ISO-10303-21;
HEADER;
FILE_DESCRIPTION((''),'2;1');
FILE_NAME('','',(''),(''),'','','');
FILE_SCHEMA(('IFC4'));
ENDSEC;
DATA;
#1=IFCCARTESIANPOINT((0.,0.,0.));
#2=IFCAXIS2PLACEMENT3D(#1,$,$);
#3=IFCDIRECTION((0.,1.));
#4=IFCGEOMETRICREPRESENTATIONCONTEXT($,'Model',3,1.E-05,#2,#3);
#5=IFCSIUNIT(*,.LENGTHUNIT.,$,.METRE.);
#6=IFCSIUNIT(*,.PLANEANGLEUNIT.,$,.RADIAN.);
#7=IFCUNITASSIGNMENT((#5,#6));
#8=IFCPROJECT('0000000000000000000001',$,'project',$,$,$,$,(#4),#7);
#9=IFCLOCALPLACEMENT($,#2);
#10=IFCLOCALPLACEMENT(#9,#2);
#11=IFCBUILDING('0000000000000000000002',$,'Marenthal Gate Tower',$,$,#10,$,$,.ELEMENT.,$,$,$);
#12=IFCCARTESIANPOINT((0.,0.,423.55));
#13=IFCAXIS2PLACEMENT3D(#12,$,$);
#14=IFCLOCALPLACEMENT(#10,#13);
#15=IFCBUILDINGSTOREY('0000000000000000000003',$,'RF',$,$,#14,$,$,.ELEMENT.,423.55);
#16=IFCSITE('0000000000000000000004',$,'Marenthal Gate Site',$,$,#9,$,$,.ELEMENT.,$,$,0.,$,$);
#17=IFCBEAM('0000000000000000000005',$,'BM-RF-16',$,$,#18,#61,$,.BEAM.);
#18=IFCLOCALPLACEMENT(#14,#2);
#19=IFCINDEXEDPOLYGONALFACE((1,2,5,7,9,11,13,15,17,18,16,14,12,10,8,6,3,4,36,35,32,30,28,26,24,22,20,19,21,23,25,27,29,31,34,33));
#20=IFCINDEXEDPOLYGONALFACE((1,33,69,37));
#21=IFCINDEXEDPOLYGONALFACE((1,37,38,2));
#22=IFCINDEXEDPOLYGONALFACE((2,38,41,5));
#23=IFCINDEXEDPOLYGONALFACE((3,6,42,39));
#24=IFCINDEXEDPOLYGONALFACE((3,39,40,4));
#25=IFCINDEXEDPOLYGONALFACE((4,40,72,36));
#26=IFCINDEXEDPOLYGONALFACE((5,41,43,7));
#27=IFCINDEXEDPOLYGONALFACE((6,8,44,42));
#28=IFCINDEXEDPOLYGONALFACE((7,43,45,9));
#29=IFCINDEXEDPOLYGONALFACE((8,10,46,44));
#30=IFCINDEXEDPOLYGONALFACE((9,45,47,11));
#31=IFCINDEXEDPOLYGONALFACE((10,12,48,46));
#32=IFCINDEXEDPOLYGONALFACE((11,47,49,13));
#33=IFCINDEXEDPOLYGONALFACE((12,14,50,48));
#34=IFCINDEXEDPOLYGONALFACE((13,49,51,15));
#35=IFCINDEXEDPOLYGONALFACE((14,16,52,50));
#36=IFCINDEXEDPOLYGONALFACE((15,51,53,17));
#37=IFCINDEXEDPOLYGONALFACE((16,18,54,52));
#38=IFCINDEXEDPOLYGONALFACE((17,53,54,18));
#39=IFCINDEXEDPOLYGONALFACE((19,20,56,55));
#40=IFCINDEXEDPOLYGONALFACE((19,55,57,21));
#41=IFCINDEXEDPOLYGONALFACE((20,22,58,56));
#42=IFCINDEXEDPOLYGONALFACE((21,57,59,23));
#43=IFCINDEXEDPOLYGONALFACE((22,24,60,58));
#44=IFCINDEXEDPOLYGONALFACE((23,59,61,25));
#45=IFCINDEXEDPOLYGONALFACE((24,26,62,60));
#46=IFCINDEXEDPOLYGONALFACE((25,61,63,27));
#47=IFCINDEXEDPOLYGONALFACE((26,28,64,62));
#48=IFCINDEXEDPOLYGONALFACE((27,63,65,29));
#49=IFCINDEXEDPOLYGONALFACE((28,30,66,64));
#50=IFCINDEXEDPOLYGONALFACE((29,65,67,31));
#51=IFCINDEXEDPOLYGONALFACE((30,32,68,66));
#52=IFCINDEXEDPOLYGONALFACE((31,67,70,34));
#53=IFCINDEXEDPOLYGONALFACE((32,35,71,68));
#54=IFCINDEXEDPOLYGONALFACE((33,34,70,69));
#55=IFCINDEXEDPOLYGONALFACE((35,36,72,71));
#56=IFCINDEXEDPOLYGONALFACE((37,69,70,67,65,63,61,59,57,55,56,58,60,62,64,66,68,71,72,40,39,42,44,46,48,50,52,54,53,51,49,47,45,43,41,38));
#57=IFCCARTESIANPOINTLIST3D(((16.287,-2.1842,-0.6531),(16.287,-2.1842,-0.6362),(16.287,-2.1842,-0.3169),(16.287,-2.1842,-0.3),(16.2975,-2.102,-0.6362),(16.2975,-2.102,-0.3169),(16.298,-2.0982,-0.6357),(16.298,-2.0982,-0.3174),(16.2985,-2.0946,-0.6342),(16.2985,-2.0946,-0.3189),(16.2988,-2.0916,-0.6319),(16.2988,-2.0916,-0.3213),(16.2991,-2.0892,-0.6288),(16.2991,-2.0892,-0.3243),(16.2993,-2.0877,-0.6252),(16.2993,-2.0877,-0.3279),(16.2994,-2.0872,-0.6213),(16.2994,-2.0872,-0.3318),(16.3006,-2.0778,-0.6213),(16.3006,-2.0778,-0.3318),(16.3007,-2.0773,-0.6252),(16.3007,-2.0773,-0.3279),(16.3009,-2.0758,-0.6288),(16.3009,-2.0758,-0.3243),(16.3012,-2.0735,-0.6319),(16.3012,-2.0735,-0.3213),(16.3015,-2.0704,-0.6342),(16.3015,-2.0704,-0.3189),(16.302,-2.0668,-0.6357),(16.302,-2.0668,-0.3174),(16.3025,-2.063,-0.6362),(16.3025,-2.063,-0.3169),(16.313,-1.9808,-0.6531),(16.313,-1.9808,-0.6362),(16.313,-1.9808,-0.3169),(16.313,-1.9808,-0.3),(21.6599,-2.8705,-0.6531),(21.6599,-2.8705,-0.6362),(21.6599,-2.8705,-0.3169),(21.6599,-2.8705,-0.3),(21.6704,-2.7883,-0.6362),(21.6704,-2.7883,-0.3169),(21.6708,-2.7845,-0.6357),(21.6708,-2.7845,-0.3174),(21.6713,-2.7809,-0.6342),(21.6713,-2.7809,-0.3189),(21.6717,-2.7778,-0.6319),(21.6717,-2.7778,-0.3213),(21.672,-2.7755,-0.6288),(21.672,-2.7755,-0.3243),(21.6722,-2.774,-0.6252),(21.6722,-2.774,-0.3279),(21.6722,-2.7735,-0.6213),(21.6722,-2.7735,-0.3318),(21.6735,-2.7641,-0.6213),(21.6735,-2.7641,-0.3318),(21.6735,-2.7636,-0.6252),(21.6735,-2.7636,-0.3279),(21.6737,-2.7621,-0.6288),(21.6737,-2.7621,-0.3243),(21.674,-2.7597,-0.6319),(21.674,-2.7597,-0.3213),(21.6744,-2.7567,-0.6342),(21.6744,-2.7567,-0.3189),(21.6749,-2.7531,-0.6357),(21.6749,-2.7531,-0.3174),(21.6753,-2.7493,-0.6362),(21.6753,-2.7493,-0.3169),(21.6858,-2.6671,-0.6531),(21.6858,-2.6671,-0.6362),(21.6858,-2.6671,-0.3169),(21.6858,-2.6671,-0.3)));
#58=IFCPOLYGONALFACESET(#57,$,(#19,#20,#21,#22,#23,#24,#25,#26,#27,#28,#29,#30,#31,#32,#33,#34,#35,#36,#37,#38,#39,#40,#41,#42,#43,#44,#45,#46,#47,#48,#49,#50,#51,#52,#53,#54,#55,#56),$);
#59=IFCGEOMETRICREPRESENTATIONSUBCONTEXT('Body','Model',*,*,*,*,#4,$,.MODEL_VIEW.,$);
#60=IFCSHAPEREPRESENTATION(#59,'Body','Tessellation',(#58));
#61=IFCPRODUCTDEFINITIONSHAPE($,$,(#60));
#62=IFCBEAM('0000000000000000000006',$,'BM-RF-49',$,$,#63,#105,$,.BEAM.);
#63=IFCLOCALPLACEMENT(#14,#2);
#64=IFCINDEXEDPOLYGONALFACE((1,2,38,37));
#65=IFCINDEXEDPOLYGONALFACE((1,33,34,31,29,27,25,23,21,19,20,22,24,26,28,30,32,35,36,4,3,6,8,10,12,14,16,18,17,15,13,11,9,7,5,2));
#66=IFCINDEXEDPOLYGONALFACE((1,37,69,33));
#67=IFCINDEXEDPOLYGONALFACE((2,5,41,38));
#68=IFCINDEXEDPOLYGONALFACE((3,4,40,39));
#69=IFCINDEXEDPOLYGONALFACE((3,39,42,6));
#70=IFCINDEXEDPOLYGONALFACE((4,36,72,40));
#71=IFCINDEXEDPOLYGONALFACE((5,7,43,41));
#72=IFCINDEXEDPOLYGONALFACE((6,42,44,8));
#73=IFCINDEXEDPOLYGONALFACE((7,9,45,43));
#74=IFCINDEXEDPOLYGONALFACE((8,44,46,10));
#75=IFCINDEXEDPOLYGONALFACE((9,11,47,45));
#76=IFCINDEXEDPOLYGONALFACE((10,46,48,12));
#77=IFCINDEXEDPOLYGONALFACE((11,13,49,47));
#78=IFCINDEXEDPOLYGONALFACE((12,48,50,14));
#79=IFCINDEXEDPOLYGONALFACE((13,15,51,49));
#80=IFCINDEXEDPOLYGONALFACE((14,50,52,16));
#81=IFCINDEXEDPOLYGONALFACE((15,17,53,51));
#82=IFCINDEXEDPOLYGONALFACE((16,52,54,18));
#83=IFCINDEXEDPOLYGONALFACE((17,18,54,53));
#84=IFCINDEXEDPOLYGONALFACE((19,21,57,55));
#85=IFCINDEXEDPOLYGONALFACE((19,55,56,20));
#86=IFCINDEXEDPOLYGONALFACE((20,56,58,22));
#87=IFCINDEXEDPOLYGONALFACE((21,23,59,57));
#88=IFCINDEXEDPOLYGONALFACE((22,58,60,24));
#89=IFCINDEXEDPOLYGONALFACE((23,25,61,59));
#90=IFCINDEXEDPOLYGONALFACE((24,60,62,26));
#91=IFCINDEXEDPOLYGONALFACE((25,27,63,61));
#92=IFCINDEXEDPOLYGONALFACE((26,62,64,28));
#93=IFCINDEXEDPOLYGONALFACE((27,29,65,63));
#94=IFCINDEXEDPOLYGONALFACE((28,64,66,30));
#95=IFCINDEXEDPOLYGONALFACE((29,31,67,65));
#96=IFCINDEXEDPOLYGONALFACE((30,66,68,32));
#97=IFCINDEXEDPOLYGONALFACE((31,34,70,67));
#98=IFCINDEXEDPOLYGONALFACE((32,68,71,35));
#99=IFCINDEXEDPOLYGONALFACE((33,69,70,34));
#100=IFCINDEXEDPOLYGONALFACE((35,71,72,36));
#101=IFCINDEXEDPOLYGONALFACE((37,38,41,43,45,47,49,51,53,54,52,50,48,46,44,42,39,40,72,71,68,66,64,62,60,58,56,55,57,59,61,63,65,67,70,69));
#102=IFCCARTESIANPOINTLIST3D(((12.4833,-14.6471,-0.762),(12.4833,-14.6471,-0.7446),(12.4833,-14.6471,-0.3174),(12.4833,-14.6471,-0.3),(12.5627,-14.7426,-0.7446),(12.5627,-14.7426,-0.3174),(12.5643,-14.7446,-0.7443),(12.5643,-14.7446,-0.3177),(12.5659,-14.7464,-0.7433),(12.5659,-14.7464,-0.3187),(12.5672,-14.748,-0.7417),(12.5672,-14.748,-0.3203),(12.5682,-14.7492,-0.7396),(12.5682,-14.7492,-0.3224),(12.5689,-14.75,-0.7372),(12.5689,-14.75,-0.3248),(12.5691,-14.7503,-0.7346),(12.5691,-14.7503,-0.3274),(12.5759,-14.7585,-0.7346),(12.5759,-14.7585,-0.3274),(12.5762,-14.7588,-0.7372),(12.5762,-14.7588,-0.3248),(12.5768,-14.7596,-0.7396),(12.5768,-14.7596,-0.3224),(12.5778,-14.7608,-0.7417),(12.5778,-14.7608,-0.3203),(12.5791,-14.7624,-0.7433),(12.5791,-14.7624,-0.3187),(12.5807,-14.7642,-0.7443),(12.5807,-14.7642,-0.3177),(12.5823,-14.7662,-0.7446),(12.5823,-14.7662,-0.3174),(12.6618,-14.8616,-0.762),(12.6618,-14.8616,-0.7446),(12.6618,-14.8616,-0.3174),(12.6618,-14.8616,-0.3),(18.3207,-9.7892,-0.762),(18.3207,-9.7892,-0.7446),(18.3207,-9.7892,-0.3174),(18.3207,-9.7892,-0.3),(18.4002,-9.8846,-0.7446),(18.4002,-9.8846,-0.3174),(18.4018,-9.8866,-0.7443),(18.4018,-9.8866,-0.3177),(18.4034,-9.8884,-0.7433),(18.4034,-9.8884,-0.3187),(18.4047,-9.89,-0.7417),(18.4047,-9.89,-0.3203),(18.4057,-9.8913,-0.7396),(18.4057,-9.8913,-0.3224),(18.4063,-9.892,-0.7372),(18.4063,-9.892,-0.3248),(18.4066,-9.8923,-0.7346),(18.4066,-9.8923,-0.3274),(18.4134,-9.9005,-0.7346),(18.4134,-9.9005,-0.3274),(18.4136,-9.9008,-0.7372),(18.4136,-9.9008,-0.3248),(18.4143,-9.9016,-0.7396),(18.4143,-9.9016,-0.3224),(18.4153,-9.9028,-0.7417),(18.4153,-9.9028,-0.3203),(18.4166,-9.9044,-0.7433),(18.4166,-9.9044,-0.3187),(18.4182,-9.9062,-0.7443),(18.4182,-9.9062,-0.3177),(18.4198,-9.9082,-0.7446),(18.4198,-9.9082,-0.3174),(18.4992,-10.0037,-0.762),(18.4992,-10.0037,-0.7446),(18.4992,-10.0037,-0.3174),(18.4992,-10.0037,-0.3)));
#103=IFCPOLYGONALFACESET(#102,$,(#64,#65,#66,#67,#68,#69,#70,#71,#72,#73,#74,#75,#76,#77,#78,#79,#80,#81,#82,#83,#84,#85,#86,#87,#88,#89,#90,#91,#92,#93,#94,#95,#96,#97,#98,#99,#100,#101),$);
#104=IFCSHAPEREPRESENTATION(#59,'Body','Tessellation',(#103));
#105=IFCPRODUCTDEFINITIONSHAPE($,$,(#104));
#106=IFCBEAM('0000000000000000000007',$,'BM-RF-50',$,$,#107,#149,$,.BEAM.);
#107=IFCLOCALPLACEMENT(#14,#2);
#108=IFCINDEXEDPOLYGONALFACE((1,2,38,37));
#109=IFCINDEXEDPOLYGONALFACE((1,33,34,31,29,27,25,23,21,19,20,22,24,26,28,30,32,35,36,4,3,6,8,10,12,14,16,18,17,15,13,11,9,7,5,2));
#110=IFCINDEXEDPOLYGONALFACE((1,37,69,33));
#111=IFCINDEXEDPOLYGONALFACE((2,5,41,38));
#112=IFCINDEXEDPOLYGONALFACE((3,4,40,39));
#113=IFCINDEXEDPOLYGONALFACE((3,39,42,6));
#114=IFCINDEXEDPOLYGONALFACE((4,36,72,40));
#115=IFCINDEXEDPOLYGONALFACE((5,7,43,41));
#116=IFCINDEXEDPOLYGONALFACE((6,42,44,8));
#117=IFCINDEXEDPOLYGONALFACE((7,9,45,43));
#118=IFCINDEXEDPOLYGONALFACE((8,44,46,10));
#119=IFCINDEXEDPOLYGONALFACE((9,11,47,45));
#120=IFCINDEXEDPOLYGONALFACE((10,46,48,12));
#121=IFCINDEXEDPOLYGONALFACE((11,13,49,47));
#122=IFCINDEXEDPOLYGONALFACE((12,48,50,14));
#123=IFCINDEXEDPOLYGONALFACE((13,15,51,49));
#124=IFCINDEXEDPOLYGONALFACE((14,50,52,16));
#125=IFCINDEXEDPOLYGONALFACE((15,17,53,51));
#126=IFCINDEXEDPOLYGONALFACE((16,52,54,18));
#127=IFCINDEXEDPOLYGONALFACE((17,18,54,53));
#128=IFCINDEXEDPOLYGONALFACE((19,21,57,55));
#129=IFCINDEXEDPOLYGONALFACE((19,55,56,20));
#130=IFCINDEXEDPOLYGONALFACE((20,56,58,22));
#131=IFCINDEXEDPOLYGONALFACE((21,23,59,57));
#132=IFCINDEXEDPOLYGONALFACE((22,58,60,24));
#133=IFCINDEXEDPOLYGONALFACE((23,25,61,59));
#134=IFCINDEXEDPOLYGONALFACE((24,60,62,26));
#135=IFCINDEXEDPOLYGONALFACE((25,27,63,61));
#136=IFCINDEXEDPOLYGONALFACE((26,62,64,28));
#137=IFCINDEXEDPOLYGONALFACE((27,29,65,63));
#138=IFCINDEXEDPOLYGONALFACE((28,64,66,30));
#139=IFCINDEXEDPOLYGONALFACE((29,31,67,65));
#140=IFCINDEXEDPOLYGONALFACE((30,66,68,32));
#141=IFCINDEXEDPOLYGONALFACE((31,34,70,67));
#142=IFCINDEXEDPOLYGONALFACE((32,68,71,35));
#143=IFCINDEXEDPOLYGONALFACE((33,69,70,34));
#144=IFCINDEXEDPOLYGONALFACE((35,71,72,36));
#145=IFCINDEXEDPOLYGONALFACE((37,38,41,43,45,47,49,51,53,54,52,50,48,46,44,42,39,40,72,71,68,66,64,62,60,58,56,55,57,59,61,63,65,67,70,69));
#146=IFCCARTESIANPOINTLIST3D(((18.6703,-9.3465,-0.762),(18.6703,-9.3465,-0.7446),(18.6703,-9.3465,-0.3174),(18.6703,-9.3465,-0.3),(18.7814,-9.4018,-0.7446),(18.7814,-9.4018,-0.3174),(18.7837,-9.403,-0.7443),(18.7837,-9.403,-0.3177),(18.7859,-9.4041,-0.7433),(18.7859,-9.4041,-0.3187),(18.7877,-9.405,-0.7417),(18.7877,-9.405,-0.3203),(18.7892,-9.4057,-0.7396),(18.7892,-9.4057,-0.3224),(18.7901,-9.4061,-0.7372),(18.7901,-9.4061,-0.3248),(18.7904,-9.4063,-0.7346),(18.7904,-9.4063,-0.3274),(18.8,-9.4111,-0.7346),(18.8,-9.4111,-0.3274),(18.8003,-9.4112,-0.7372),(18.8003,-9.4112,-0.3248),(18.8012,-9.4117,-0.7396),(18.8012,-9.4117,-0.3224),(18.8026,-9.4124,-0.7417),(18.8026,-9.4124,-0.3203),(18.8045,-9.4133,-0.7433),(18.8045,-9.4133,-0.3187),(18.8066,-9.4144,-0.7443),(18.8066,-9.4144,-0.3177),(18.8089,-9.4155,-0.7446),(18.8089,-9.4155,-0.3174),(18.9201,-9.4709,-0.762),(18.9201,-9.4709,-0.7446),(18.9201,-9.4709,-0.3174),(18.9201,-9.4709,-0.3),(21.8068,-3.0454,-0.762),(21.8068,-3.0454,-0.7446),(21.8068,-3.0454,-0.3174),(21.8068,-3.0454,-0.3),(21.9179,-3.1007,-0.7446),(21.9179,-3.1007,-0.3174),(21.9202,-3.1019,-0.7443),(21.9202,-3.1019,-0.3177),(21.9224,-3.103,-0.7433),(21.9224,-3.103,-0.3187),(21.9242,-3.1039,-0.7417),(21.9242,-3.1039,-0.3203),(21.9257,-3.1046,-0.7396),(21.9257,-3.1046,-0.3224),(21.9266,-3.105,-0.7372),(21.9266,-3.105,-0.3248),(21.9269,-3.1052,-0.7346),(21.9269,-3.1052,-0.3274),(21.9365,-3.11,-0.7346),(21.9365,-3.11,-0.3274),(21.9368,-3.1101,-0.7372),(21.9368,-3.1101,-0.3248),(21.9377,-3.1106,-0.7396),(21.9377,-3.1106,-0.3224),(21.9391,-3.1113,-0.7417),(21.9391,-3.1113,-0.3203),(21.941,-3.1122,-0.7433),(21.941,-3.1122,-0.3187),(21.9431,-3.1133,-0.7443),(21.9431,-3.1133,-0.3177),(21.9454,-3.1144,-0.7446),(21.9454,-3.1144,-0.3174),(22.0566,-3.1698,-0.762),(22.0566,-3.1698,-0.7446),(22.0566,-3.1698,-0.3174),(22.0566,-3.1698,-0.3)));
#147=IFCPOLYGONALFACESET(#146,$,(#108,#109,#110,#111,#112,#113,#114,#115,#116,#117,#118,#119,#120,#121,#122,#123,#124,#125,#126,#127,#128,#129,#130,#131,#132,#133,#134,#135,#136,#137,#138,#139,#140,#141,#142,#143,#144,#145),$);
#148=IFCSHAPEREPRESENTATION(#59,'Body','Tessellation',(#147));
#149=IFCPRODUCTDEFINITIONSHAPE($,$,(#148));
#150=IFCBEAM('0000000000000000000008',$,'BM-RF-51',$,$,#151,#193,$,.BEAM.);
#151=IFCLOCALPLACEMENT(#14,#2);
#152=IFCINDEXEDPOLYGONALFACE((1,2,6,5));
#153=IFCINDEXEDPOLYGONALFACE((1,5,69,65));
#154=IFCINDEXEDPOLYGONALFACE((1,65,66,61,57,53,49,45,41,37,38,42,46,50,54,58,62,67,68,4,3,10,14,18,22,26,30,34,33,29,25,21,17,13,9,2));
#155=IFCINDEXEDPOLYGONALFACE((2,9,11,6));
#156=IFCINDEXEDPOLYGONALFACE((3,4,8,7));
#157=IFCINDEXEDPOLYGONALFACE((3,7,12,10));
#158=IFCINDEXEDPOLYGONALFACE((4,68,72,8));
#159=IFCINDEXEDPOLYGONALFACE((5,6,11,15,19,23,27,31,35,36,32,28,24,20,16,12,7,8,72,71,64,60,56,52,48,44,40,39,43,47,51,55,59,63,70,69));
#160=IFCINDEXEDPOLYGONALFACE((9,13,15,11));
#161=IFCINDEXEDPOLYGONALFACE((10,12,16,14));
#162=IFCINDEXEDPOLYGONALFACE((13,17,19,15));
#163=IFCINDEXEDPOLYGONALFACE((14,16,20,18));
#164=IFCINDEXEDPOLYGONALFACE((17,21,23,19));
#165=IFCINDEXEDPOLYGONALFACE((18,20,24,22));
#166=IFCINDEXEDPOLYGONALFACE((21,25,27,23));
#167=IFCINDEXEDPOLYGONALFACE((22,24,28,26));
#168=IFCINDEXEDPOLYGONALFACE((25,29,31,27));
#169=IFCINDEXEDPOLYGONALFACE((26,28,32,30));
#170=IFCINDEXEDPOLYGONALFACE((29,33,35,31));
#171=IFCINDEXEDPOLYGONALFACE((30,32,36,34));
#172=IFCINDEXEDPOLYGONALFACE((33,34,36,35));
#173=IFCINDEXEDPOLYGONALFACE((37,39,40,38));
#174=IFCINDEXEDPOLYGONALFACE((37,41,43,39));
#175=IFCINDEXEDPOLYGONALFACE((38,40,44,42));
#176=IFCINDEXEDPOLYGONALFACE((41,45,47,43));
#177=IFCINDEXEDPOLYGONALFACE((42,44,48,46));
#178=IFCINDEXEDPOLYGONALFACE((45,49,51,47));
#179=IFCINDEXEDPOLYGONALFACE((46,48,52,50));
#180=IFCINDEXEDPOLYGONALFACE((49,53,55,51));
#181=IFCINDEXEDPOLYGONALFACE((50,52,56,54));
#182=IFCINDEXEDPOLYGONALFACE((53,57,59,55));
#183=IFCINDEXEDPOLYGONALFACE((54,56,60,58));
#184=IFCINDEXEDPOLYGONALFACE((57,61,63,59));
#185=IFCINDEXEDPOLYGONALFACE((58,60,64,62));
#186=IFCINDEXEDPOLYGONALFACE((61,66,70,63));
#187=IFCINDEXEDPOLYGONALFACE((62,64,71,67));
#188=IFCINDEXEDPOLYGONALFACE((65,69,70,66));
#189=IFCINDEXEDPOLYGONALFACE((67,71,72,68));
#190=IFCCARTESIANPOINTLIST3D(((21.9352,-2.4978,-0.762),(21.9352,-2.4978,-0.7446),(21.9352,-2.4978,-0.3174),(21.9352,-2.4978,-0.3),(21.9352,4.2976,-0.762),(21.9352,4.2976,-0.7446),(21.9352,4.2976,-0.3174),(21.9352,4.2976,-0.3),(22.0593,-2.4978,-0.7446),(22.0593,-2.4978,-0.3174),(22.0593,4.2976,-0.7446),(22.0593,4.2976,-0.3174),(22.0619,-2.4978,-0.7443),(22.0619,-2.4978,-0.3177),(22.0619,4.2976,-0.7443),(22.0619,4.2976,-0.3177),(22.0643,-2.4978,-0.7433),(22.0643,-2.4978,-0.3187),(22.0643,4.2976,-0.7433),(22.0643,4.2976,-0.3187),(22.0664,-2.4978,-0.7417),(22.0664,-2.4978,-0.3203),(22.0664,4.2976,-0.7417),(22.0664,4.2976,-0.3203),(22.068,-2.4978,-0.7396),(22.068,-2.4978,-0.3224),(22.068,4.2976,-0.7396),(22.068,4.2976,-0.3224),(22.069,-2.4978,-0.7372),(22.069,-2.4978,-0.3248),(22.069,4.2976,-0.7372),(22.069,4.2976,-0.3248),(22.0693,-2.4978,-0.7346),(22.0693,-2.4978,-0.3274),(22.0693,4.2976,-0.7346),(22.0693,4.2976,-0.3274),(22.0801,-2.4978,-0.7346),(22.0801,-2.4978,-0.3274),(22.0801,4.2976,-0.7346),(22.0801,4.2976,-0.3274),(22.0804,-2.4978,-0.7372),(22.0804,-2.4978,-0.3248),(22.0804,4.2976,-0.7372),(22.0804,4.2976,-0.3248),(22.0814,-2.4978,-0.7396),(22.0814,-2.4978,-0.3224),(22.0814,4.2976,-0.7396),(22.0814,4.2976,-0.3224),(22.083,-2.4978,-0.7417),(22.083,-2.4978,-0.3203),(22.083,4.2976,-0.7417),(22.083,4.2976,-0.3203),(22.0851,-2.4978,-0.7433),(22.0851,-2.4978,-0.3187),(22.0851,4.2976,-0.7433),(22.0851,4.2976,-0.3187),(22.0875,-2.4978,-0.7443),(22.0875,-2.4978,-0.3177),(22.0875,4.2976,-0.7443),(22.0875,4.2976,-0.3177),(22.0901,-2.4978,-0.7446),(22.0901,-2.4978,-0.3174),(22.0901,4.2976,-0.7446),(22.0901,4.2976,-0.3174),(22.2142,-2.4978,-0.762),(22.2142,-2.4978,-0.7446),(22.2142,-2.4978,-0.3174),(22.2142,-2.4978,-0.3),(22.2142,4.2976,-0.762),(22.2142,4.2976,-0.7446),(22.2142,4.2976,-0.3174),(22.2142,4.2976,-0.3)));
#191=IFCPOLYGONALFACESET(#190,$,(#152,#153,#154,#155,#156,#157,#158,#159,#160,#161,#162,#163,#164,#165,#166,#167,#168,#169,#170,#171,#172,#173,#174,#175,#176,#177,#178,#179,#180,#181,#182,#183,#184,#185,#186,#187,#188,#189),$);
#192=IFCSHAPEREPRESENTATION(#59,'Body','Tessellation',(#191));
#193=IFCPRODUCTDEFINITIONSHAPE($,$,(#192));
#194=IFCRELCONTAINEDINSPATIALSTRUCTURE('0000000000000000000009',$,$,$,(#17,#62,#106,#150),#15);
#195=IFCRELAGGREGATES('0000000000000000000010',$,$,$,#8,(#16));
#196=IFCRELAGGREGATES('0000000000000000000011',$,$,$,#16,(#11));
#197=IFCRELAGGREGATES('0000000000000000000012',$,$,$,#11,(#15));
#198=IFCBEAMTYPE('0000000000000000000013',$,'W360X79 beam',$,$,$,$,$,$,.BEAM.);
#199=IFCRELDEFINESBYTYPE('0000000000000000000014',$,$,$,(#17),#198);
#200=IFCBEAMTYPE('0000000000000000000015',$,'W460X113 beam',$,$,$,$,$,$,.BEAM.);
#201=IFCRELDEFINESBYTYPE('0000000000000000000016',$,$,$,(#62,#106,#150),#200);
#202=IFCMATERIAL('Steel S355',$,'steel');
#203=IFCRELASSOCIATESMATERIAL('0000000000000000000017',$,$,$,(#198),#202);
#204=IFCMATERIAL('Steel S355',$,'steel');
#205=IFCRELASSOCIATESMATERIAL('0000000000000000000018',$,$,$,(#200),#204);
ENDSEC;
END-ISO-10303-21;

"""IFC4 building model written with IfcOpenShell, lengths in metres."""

from ifc_helpers import new_model, si_unit, direction, frame, origin, origin_2d, place, context, subcontext, project, spatial, i_section, extrude, material, material_profile, profile_set, type_object, element, save


model = new_model("IFC4")

# Units and contexts
model_context = context("Model", 3, precision=1e-05, world=origin(), true_north=direction((0.0, 1.0)))
body_context = subcontext(model_context, "Body", "Model", "MODEL_VIEW")
ifc_project = project(units=[si_unit("LENGTHUNIT", "METRE"), si_unit("PLANEANGLEUNIT", "RADIAN")], contexts=[model_context])

# Site, building, storey
site_placement = place(None, origin())
site = spatial("IfcSite", under=ifc_project, at=site_placement, Name="Marenthal Gate Site", CompositionType="ELEMENT", RefElevation=0.0)
building_placement = place(site_placement, origin())
building = spatial("IfcBuilding", under=site, at=building_placement, Name="Marenthal Gate Tower", CompositionType="ELEMENT")
storey_placement = place(building_placement, frame((0.0, 0.0, 423.55)))
storey = spatial("IfcBuildingStorey", under=building, at=storey_placement, Name="RF", CompositionType="ELEMENT", Elevation=423.55)

# Beams
ifc_material_1 = material(Name="Steel S355", Category="steel")
ifc_material_profile_1 = material_profile(ifc_material_1, i_section(OverallWidth=0.2051, OverallDepth=0.353, WebThickness=0.0095, FlangeThickness=0.0168, FilletRadius=0.0149, at=origin_2d()), Name="W360X79")
ifc_profile_set_1 = profile_set([ifc_material_profile_1], Name="Steel S355")
beam_type_1 = type_object("IfcBeamType", Name="W360X79 beam", PredefinedType="BEAM", material=ifc_profile_set_1)
beam_1_placement = place(storey_placement, frame((21.6729, -2.7688, -0.4766), z_axis=(-0.991941, 0.126703, 0.0), x_axis=(-0.126703, -0.991941, 0.0)))
element("IfcBeam", 1, at=beam_1_placement, inside=storey, type_object=beam_type_1, Name="BM-RF-16", PredefinedType="BEAM", context=body_context, shape_type="SweptSolid", body=[
    extrude(i_section(OverallWidth=0.2051, OverallDepth=0.353, WebThickness=0.0095, FlangeThickness=0.0168, FilletRadius=0.0149, at=origin_2d()), origin(), (0.0, 0.0, 1.0), 5.4165),
])
ifc_material_2 = material(Name="Steel S355", Category="steel")
ifc_material_profile_2 = material_profile(ifc_material_2, i_section(OverallWidth=0.2791, OverallDepth=0.4619, WebThickness=0.0107, FlangeThickness=0.0173, FilletRadius=0.01, at=origin_2d()), Name="W460X113")
ifc_profile_set_2 = profile_set([ifc_material_profile_2], Name="Steel S355")
beam_type_2 = type_object("IfcBeamType", Name="W460X113 beam", PredefinedType="BEAM", material=ifc_profile_set_2)
beam_2_placement = place(storey_placement, frame((12.5725, -14.7544, -0.531), z_axis=(0.768648, 0.639672, 0.0), x_axis=(-0.639672, 0.768648, 0.0)))
element("IfcBeam", 2, at=beam_2_placement, inside=storey, type_object=beam_type_2, Name="BM-RF-49", PredefinedType="BEAM", context=body_context, shape_type="SweptSolid", body=[
    extrude(i_section(OverallWidth=0.2791, OverallDepth=0.4619, WebThickness=0.0107, FlangeThickness=0.0173, FilletRadius=0.01, at=origin_2d()), origin(), (0.0, 0.0, 1.0), 7.5945),
])
beam_3_placement = place(storey_placement, frame((18.7952, -9.4087, -0.531), z_axis=(0.445617, 0.895224, 0.0), x_axis=(-0.895224, 0.445617, 0.0)))
element("IfcBeam", 3, at=beam_3_placement, inside=storey, type_object=beam_type_2, Name="BM-RF-50", PredefinedType="BEAM", context=body_context, shape_type="SweptSolid", body=[
    extrude(i_section(OverallWidth=0.2791, OverallDepth=0.4619, WebThickness=0.0107, FlangeThickness=0.0173, FilletRadius=0.01, at=origin_2d()), origin(), (0.0, 0.0, 1.0), 7.0386),
])
beam_4_placement = place(storey_placement, frame((22.0747, -2.4978, -0.531), z_axis=(0.0, 1.0, 0.0), x_axis=(-1.0, 0.0, 0.0)))
element("IfcBeam", 4, at=beam_4_placement, inside=storey, type_object=beam_type_2, Name="BM-RF-51", PredefinedType="BEAM", context=body_context, shape_type="SweptSolid", body=[
    extrude(i_section(OverallWidth=0.2791, OverallDepth=0.4619, WebThickness=0.0107, FlangeThickness=0.0173, FilletRadius=0.01, at=origin_2d()), origin(), (0.0, 0.0, 1.0), 6.7954),
])

save(model, "model.ifc")
